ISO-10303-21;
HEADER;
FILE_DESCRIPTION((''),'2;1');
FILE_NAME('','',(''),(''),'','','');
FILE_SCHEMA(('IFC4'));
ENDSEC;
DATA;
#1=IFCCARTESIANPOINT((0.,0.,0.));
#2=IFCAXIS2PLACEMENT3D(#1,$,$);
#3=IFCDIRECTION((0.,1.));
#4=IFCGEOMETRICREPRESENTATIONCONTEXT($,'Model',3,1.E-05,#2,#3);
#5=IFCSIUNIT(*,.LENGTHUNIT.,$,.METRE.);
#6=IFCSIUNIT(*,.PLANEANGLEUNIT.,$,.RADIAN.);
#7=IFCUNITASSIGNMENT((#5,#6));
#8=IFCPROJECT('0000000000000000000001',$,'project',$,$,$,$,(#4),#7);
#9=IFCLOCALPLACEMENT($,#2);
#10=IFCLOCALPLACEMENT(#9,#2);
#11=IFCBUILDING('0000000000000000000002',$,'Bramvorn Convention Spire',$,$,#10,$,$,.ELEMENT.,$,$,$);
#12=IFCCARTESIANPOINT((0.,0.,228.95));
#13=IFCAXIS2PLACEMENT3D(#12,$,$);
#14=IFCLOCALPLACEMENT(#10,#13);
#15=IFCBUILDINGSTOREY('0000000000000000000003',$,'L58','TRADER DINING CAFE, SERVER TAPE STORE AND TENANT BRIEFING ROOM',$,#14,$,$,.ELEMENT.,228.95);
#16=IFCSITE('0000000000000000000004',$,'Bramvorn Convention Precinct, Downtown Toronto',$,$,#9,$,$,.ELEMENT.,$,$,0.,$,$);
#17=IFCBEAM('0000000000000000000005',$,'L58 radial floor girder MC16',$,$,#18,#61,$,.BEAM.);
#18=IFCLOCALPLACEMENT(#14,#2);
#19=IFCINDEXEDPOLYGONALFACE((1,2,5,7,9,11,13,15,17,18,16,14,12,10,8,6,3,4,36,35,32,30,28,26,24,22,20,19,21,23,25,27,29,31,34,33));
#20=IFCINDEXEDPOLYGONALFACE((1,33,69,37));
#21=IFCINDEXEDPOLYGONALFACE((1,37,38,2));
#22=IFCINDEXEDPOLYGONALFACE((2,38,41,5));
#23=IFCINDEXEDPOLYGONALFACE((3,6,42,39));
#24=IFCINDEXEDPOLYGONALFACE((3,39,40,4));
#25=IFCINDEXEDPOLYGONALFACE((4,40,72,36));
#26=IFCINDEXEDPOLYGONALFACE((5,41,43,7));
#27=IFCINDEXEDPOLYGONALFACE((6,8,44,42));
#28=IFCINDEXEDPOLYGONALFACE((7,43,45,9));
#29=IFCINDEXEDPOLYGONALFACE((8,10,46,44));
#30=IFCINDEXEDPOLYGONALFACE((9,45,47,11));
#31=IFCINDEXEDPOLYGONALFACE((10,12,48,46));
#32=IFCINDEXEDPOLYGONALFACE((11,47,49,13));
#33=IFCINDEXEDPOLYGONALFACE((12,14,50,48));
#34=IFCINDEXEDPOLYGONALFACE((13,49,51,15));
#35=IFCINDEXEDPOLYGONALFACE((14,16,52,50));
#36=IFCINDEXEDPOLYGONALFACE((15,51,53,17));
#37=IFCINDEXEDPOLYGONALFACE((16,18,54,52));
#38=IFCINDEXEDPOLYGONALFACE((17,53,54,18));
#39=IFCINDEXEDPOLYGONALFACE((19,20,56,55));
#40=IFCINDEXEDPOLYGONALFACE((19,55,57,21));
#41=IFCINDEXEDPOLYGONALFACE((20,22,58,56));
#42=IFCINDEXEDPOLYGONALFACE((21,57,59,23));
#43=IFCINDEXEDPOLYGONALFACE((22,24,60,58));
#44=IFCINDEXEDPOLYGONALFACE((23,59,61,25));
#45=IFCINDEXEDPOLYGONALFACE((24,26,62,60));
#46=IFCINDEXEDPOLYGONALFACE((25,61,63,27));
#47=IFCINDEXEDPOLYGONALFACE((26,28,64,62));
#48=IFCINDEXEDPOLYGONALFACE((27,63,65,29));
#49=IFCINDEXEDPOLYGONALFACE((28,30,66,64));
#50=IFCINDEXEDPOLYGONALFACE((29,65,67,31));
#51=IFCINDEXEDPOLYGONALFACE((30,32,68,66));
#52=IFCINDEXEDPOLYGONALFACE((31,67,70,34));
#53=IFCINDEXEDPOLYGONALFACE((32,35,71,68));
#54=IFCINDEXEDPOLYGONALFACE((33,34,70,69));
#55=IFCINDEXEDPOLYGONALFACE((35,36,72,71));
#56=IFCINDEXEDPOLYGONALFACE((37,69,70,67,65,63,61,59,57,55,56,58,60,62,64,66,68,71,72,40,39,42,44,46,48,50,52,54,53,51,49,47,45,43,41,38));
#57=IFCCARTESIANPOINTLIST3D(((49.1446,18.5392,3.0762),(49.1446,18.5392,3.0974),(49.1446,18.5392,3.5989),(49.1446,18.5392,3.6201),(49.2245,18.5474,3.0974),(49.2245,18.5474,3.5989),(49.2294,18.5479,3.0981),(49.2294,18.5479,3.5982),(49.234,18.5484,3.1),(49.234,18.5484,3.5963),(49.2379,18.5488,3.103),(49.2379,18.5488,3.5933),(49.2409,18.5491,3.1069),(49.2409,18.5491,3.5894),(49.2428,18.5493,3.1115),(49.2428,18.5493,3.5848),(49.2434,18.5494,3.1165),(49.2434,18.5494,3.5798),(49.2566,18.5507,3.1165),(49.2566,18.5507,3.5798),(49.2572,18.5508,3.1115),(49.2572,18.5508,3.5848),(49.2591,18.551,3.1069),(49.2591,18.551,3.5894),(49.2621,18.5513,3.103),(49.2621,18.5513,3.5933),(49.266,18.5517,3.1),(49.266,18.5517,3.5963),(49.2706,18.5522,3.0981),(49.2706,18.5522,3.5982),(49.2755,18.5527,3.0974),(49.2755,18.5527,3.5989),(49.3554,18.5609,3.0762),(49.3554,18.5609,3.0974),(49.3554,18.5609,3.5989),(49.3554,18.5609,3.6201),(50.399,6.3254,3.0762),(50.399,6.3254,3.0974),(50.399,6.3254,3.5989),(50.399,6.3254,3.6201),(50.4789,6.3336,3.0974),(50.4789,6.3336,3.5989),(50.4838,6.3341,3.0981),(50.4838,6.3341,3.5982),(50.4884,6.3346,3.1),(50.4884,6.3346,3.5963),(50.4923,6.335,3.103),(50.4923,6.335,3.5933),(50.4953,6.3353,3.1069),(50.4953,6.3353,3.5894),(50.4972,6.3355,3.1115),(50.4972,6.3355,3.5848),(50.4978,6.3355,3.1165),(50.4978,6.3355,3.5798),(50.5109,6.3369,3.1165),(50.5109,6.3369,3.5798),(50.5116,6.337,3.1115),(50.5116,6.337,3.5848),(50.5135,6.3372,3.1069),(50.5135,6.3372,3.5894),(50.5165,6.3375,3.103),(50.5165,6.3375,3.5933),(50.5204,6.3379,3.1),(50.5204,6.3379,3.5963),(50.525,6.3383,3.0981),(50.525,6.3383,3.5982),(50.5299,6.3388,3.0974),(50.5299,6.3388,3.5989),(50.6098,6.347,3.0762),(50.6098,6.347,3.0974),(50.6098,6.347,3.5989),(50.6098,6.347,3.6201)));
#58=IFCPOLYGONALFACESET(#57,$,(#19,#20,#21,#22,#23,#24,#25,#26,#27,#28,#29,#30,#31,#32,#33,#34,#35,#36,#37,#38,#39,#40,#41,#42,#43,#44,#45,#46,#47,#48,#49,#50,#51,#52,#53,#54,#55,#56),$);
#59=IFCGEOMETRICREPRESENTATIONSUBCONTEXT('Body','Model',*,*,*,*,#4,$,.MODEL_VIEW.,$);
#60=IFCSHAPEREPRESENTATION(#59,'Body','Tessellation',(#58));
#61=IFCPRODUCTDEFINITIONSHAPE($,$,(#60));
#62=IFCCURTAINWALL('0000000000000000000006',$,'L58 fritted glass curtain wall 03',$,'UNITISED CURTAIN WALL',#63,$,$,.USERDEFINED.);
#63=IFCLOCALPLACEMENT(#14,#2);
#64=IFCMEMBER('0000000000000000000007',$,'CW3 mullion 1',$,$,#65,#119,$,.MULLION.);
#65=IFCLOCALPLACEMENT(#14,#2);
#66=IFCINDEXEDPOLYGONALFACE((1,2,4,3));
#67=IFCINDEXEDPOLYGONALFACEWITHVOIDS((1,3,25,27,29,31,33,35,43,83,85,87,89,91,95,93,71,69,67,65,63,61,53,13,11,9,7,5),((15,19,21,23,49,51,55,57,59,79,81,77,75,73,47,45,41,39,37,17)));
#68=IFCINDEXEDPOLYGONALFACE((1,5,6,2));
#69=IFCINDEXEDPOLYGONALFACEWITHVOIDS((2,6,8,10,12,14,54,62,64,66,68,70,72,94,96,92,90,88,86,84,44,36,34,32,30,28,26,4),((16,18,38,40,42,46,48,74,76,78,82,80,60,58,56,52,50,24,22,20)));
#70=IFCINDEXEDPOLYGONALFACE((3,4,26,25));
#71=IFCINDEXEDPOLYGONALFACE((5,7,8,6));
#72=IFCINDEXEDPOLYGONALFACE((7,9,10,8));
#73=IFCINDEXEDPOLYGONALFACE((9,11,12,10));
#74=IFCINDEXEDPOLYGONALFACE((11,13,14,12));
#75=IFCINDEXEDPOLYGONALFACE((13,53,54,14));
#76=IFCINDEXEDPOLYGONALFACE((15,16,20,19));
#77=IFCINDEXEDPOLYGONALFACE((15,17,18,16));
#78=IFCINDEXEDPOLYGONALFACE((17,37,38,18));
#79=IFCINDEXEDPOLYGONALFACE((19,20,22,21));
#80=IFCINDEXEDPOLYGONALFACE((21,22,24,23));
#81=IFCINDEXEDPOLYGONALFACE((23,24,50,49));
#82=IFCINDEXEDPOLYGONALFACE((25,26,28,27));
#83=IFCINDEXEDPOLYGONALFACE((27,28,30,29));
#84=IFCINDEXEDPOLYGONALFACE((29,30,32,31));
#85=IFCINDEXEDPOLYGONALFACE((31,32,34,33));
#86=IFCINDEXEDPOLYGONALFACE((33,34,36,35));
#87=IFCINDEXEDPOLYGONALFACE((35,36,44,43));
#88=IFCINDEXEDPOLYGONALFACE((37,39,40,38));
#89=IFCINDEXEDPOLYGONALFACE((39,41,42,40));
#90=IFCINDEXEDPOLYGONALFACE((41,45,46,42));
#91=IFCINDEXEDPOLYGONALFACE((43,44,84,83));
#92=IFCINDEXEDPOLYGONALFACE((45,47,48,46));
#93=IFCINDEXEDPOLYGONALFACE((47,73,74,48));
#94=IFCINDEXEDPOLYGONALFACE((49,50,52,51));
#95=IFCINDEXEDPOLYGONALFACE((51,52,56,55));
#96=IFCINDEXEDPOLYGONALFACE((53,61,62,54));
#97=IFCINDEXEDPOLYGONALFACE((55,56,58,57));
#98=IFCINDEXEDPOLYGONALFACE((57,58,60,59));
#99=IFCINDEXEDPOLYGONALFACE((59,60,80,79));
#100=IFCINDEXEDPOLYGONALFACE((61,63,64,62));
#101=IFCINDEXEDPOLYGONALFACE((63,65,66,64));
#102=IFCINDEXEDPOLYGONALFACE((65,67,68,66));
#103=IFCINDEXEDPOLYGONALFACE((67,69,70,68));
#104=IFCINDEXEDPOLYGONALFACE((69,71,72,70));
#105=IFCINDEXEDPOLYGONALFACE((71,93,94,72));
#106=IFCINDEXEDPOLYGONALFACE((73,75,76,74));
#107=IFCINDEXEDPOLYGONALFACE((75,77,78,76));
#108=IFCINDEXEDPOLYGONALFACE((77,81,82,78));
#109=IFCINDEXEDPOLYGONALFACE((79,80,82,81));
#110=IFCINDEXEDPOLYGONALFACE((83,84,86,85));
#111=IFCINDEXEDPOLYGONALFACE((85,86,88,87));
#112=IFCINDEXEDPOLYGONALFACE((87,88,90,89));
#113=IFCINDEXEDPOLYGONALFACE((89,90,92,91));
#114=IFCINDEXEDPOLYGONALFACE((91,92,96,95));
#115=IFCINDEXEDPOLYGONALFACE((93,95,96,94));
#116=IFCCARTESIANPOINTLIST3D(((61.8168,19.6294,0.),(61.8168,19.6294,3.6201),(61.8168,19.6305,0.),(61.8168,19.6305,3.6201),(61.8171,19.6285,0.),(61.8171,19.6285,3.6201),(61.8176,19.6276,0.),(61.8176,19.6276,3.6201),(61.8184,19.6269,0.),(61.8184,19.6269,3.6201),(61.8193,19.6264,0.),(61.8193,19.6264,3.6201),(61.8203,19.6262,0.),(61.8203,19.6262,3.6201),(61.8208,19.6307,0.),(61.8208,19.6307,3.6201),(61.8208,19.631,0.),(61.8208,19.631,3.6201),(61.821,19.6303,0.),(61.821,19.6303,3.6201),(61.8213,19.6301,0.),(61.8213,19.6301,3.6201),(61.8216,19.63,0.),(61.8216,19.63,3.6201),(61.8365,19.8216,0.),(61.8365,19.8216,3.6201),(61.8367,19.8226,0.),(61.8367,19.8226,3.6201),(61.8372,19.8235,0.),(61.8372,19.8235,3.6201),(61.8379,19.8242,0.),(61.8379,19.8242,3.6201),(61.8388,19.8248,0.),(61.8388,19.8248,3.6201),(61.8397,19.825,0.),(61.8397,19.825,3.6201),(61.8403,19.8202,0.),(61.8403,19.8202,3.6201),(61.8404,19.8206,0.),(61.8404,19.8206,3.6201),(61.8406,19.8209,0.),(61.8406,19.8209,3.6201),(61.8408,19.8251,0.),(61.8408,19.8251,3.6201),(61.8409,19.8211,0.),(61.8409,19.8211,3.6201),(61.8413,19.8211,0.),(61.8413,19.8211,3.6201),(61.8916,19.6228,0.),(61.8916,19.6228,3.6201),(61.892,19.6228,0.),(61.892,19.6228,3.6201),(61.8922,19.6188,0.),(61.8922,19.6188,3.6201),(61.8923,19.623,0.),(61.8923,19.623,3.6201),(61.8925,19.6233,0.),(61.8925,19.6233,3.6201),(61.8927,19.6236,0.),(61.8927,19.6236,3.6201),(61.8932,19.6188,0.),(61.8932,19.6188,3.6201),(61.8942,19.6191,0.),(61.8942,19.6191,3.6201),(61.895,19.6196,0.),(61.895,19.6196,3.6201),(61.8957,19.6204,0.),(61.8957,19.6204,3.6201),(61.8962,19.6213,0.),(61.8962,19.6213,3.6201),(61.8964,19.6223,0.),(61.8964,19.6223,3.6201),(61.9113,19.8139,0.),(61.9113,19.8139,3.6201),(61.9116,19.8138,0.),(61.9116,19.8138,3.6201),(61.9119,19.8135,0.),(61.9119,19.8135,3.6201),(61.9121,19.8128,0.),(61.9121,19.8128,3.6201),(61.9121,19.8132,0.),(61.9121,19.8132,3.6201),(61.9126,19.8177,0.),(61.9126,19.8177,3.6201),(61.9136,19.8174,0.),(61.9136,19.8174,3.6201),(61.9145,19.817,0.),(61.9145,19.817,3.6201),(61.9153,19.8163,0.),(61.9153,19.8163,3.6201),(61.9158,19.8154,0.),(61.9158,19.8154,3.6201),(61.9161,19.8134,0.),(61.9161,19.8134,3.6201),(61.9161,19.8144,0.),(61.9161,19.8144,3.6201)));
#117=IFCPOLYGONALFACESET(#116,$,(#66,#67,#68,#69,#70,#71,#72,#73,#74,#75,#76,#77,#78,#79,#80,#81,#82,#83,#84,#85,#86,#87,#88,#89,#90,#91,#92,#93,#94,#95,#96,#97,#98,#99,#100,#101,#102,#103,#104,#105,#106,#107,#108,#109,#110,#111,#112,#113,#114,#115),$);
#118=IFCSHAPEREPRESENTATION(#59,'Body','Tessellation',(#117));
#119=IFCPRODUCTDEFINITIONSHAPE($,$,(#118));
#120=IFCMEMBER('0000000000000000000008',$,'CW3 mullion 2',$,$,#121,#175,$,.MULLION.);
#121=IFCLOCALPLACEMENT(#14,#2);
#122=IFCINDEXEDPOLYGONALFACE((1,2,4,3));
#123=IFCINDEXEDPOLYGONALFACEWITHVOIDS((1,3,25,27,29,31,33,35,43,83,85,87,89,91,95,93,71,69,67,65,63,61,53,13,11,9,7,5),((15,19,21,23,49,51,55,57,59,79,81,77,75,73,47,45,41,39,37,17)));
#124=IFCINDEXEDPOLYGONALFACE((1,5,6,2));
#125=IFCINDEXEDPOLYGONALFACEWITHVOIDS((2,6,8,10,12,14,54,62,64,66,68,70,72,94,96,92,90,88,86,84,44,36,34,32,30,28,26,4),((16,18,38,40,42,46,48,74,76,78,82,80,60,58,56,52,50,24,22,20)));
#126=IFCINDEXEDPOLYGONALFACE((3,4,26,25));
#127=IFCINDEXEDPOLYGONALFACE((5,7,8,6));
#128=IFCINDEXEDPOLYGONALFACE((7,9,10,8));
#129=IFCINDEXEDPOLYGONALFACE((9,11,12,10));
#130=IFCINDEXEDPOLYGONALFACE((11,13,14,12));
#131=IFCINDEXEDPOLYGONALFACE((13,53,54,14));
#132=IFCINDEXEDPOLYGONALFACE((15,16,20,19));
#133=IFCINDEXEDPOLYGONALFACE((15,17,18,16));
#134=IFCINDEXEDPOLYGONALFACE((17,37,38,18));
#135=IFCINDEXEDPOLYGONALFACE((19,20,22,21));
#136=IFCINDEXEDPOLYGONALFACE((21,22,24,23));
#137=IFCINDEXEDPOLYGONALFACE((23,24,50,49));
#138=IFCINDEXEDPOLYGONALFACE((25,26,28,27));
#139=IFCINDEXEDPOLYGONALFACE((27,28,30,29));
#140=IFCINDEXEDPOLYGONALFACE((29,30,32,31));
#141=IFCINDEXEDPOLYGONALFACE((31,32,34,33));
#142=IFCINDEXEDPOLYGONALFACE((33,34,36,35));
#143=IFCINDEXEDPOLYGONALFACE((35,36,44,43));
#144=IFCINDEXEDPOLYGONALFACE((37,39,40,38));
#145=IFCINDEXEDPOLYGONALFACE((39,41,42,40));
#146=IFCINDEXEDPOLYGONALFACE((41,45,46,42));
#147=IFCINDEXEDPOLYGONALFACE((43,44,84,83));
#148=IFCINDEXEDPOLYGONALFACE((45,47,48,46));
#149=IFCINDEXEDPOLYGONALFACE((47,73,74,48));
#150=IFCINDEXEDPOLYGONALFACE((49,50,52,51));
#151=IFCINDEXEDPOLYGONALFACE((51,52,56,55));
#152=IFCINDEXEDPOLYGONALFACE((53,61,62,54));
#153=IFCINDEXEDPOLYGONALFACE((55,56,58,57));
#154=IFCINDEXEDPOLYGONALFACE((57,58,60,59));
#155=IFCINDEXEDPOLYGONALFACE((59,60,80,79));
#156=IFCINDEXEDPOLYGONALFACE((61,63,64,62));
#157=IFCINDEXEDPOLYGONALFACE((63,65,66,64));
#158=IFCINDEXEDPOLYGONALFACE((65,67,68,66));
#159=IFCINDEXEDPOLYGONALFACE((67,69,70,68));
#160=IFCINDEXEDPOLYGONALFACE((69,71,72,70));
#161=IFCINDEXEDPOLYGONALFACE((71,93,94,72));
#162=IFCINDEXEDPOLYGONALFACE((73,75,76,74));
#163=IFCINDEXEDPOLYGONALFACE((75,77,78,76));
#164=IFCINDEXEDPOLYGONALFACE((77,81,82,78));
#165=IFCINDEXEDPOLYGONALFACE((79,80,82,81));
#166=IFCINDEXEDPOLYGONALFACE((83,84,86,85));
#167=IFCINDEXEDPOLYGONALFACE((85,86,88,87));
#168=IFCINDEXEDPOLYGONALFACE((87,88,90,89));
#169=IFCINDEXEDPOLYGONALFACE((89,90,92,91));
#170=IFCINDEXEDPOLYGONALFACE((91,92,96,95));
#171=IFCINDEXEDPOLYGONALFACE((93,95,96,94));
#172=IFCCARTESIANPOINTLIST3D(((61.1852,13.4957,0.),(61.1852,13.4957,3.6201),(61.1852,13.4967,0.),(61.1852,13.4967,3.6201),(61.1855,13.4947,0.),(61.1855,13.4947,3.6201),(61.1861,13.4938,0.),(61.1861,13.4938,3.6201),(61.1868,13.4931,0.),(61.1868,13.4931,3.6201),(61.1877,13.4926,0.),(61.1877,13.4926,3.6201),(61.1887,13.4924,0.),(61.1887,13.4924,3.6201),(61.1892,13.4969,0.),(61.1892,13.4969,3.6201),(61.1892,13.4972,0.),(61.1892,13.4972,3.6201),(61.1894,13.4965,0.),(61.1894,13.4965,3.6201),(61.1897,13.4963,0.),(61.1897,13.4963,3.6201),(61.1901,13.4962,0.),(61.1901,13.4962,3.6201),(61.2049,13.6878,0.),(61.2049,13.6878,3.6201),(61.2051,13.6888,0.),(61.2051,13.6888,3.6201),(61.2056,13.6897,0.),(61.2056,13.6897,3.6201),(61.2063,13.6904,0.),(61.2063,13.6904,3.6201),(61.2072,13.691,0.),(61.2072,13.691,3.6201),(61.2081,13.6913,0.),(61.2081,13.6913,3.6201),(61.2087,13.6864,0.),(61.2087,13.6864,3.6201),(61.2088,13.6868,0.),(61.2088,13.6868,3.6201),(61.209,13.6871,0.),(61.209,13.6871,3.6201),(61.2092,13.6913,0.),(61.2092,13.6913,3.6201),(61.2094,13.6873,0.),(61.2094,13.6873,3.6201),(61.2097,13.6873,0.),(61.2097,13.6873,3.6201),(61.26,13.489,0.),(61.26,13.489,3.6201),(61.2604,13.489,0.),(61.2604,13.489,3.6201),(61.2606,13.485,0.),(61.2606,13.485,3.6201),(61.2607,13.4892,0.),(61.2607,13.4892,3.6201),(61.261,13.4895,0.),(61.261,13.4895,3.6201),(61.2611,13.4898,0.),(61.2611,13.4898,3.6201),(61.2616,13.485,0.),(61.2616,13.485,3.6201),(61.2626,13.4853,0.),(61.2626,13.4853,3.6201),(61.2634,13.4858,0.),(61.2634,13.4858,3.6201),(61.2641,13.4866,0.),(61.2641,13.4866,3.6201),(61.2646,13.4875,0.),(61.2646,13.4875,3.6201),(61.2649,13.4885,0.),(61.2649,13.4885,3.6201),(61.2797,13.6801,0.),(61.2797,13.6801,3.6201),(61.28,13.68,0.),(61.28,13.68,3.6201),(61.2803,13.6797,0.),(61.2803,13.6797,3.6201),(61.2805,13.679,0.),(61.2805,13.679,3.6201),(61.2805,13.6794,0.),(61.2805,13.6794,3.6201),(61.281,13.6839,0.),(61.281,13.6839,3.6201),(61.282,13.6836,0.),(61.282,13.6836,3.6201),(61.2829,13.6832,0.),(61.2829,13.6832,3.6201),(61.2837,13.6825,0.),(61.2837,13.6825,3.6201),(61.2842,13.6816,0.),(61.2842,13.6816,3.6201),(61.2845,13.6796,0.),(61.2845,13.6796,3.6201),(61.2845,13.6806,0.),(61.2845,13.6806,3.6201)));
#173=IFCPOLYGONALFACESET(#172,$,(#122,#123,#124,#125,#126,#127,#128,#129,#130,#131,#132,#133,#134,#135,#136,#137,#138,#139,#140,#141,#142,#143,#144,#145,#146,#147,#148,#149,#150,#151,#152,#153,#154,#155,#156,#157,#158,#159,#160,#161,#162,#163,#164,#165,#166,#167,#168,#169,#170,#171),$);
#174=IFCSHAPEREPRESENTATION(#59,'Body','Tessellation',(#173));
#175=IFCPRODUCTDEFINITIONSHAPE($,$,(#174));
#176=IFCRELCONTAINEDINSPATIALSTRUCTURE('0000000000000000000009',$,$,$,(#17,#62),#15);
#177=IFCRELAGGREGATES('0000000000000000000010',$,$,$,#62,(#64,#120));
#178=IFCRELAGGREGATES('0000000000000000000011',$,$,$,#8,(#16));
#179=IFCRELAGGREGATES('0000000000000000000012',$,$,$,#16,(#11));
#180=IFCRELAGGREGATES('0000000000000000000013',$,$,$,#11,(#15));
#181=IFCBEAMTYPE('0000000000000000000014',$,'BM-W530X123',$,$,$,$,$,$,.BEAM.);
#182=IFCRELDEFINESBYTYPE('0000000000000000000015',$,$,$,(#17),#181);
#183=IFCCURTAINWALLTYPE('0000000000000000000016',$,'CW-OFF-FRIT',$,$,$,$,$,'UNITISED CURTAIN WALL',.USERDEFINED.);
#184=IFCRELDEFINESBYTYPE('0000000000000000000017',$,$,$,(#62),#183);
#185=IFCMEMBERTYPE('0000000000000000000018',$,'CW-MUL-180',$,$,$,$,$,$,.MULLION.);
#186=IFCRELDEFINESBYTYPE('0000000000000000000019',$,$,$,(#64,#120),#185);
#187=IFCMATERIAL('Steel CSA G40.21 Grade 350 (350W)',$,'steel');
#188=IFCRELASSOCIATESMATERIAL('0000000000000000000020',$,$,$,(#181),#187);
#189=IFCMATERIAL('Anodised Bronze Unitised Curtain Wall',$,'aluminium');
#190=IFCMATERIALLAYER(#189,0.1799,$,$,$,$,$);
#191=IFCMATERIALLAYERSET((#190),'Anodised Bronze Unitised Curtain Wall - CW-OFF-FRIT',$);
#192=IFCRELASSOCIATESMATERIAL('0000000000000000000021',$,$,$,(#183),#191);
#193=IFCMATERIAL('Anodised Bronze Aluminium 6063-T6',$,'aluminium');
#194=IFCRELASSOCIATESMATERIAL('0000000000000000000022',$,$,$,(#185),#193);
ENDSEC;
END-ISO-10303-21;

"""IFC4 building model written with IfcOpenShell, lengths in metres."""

from ifc_helpers import new_model, si_unit, direction, frame, origin, origin_2d, place, context, subcontext, project, spatial, hollow_rectangle, i_section, extrude, material, layer, layer_set, material_profile, profile_set, type_object, element, aggregate, save


model = new_model("IFC4")

# Units and contexts
model_context = context("Model", 3, precision=1e-05, world=origin(), true_north=direction((0.0, 1.0)))
body_context = subcontext(model_context, "Body", "Model", "MODEL_VIEW")
ifc_project = project(units=[si_unit("LENGTHUNIT", "METRE"), si_unit("PLANEANGLEUNIT", "RADIAN")], contexts=[model_context])

# Site, building, storey
site_placement = place(None, origin())
site = spatial("IfcSite", under=ifc_project, at=site_placement, Name="Bramvorn Convention Precinct, Downtown Toronto", CompositionType="ELEMENT", RefElevation=0.0)
building_placement = place(site_placement, origin())
building = spatial("IfcBuilding", under=site, at=building_placement, Name="Bramvorn Convention Spire", CompositionType="ELEMENT")
storey_placement = place(building_placement, frame((0.0, 0.0, 228.95)))
storey = spatial("IfcBuildingStorey", under=building, at=storey_placement, Name="L58", Description="TRADER DINING CAFE, SERVER TAPE STORE AND TENANT BRIEFING ROOM", CompositionType="ELEMENT", Elevation=228.95)

# Shared definitions
ifc_material_1 = material(Name="Steel CSA G40.21 Grade 350 (350W)", Category="steel")

# Beam
ifc_material_profile_1 = material_profile(ifc_material_1, i_section(OverallWidth=0.2119, OverallDepth=0.5439, WebThickness=0.0132, FlangeThickness=0.0212, FilletRadius=0.019, at=origin_2d()))
ifc_profile_set_1 = profile_set([ifc_material_profile_1], Name="Steel CSA G40.21 Grade 350 (350W) - W530X123")
beam_type_1 = type_object("IfcBeamType", Name="BM-W530X123", PredefinedType="BEAM", material=ifc_profile_set_1)
beam_1_placement = place(storey_placement, frame((49.25, 18.55, 3.3481), z_axis=(0.102165, -0.994767, 0.0), x_axis=(0.994767, 0.102165, 0.0)))
element("IfcBeam", 1, at=beam_1_placement, inside=storey, type_object=beam_type_1, Name="L58 radial floor girder MC16", PredefinedType="BEAM", context=body_context, shape_type="SweptSolid", body=[
    extrude(i_section(OverallWidth=0.2119, OverallDepth=0.5439, WebThickness=0.0132, FlangeThickness=0.0212, FilletRadius=0.019, at=origin_2d()), origin(), (0.0, 0.0, 1.0), 12.2781),
])

# Curtain wall, members
ifc_material_2 = material(Name="Anodised Bronze Unitised Curtain Wall", Category="aluminium")
ifc_layer_1 = layer(ifc_material_2, 0.1799)
ifc_layer_set_1 = layer_set([ifc_layer_1], Name="Anodised Bronze Unitised Curtain Wall - CW-OFF-FRIT")
curtain_wall_type = type_object("IfcCurtainWallType", Name="CW-OFF-FRIT", ElementType="UNITISED CURTAIN WALL", PredefinedType="USERDEFINED", material=ifc_layer_set_1)
curtain_wall_1_placement = place(storey_placement, origin())
curtain_wall_1 = element("IfcCurtainWall", 2, at=curtain_wall_1_placement, inside=storey, type_object=curtain_wall_type, Name="L58 fritted glass curtain wall 03", ObjectType="UNITISED CURTAIN WALL", PredefinedType="USERDEFINED")
ifc_material_3 = material(Name="Anodised Bronze Aluminium 6063-T6", Category="aluminium")
ifc_material_profile_2 = material_profile(ifc_material_3, hollow_rectangle(XDim=0.0801, YDim=0.2, WallThickness=0.0039, InnerFilletRadius=0.001, OuterFilletRadius=0.0039, at=origin_2d()))
ifc_profile_set_2 = profile_set([ifc_material_profile_2], Name="Anodised Bronze Aluminium 6063-T6 - CWM80X200")
member_type_1 = type_object("IfcMemberType", Name="CW-MUL-180", PredefinedType="MULLION", material=ifc_profile_set_2)
member_1_placement = place(storey_placement, frame((61.8665, 19.7219, 0.0), z_axis=(0.0, 0.0, 1.0), x_axis=(0.994741, -0.10242, 0.0)))
member_1 = element("IfcMember", 3, at=member_1_placement, type_object=member_type_1, Name="CW3 mullion 1", PredefinedType="MULLION", context=body_context, shape_type="SweptSolid", body=[
    extrude(hollow_rectangle(XDim=0.0801, YDim=0.2, WallThickness=0.0039, InnerFilletRadius=0.001, OuterFilletRadius=0.0039, at=origin_2d()), origin(), (0.0, 0.0, 1.0), 3.6201),
])
member_2_placement = place(storey_placement, frame((61.2349, 13.5881, 0.0), z_axis=(0.0, 0.0, 1.0), x_axis=(0.994741, -0.10242, 0.0)))
member_2 = element("IfcMember", 4, at=member_2_placement, type_object=member_type_1, Name="CW3 mullion 2", PredefinedType="MULLION", context=body_context, shape_type="SweptSolid", body=[
    extrude(hollow_rectangle(XDim=0.0801, YDim=0.2, WallThickness=0.0039, InnerFilletRadius=0.001, OuterFilletRadius=0.0039, at=origin_2d()), origin(), (0.0, 0.0, 1.0), 3.6201),
])

aggregate(curtain_wall_1, [member_1, member_2])

save(model, "model.ifc")
